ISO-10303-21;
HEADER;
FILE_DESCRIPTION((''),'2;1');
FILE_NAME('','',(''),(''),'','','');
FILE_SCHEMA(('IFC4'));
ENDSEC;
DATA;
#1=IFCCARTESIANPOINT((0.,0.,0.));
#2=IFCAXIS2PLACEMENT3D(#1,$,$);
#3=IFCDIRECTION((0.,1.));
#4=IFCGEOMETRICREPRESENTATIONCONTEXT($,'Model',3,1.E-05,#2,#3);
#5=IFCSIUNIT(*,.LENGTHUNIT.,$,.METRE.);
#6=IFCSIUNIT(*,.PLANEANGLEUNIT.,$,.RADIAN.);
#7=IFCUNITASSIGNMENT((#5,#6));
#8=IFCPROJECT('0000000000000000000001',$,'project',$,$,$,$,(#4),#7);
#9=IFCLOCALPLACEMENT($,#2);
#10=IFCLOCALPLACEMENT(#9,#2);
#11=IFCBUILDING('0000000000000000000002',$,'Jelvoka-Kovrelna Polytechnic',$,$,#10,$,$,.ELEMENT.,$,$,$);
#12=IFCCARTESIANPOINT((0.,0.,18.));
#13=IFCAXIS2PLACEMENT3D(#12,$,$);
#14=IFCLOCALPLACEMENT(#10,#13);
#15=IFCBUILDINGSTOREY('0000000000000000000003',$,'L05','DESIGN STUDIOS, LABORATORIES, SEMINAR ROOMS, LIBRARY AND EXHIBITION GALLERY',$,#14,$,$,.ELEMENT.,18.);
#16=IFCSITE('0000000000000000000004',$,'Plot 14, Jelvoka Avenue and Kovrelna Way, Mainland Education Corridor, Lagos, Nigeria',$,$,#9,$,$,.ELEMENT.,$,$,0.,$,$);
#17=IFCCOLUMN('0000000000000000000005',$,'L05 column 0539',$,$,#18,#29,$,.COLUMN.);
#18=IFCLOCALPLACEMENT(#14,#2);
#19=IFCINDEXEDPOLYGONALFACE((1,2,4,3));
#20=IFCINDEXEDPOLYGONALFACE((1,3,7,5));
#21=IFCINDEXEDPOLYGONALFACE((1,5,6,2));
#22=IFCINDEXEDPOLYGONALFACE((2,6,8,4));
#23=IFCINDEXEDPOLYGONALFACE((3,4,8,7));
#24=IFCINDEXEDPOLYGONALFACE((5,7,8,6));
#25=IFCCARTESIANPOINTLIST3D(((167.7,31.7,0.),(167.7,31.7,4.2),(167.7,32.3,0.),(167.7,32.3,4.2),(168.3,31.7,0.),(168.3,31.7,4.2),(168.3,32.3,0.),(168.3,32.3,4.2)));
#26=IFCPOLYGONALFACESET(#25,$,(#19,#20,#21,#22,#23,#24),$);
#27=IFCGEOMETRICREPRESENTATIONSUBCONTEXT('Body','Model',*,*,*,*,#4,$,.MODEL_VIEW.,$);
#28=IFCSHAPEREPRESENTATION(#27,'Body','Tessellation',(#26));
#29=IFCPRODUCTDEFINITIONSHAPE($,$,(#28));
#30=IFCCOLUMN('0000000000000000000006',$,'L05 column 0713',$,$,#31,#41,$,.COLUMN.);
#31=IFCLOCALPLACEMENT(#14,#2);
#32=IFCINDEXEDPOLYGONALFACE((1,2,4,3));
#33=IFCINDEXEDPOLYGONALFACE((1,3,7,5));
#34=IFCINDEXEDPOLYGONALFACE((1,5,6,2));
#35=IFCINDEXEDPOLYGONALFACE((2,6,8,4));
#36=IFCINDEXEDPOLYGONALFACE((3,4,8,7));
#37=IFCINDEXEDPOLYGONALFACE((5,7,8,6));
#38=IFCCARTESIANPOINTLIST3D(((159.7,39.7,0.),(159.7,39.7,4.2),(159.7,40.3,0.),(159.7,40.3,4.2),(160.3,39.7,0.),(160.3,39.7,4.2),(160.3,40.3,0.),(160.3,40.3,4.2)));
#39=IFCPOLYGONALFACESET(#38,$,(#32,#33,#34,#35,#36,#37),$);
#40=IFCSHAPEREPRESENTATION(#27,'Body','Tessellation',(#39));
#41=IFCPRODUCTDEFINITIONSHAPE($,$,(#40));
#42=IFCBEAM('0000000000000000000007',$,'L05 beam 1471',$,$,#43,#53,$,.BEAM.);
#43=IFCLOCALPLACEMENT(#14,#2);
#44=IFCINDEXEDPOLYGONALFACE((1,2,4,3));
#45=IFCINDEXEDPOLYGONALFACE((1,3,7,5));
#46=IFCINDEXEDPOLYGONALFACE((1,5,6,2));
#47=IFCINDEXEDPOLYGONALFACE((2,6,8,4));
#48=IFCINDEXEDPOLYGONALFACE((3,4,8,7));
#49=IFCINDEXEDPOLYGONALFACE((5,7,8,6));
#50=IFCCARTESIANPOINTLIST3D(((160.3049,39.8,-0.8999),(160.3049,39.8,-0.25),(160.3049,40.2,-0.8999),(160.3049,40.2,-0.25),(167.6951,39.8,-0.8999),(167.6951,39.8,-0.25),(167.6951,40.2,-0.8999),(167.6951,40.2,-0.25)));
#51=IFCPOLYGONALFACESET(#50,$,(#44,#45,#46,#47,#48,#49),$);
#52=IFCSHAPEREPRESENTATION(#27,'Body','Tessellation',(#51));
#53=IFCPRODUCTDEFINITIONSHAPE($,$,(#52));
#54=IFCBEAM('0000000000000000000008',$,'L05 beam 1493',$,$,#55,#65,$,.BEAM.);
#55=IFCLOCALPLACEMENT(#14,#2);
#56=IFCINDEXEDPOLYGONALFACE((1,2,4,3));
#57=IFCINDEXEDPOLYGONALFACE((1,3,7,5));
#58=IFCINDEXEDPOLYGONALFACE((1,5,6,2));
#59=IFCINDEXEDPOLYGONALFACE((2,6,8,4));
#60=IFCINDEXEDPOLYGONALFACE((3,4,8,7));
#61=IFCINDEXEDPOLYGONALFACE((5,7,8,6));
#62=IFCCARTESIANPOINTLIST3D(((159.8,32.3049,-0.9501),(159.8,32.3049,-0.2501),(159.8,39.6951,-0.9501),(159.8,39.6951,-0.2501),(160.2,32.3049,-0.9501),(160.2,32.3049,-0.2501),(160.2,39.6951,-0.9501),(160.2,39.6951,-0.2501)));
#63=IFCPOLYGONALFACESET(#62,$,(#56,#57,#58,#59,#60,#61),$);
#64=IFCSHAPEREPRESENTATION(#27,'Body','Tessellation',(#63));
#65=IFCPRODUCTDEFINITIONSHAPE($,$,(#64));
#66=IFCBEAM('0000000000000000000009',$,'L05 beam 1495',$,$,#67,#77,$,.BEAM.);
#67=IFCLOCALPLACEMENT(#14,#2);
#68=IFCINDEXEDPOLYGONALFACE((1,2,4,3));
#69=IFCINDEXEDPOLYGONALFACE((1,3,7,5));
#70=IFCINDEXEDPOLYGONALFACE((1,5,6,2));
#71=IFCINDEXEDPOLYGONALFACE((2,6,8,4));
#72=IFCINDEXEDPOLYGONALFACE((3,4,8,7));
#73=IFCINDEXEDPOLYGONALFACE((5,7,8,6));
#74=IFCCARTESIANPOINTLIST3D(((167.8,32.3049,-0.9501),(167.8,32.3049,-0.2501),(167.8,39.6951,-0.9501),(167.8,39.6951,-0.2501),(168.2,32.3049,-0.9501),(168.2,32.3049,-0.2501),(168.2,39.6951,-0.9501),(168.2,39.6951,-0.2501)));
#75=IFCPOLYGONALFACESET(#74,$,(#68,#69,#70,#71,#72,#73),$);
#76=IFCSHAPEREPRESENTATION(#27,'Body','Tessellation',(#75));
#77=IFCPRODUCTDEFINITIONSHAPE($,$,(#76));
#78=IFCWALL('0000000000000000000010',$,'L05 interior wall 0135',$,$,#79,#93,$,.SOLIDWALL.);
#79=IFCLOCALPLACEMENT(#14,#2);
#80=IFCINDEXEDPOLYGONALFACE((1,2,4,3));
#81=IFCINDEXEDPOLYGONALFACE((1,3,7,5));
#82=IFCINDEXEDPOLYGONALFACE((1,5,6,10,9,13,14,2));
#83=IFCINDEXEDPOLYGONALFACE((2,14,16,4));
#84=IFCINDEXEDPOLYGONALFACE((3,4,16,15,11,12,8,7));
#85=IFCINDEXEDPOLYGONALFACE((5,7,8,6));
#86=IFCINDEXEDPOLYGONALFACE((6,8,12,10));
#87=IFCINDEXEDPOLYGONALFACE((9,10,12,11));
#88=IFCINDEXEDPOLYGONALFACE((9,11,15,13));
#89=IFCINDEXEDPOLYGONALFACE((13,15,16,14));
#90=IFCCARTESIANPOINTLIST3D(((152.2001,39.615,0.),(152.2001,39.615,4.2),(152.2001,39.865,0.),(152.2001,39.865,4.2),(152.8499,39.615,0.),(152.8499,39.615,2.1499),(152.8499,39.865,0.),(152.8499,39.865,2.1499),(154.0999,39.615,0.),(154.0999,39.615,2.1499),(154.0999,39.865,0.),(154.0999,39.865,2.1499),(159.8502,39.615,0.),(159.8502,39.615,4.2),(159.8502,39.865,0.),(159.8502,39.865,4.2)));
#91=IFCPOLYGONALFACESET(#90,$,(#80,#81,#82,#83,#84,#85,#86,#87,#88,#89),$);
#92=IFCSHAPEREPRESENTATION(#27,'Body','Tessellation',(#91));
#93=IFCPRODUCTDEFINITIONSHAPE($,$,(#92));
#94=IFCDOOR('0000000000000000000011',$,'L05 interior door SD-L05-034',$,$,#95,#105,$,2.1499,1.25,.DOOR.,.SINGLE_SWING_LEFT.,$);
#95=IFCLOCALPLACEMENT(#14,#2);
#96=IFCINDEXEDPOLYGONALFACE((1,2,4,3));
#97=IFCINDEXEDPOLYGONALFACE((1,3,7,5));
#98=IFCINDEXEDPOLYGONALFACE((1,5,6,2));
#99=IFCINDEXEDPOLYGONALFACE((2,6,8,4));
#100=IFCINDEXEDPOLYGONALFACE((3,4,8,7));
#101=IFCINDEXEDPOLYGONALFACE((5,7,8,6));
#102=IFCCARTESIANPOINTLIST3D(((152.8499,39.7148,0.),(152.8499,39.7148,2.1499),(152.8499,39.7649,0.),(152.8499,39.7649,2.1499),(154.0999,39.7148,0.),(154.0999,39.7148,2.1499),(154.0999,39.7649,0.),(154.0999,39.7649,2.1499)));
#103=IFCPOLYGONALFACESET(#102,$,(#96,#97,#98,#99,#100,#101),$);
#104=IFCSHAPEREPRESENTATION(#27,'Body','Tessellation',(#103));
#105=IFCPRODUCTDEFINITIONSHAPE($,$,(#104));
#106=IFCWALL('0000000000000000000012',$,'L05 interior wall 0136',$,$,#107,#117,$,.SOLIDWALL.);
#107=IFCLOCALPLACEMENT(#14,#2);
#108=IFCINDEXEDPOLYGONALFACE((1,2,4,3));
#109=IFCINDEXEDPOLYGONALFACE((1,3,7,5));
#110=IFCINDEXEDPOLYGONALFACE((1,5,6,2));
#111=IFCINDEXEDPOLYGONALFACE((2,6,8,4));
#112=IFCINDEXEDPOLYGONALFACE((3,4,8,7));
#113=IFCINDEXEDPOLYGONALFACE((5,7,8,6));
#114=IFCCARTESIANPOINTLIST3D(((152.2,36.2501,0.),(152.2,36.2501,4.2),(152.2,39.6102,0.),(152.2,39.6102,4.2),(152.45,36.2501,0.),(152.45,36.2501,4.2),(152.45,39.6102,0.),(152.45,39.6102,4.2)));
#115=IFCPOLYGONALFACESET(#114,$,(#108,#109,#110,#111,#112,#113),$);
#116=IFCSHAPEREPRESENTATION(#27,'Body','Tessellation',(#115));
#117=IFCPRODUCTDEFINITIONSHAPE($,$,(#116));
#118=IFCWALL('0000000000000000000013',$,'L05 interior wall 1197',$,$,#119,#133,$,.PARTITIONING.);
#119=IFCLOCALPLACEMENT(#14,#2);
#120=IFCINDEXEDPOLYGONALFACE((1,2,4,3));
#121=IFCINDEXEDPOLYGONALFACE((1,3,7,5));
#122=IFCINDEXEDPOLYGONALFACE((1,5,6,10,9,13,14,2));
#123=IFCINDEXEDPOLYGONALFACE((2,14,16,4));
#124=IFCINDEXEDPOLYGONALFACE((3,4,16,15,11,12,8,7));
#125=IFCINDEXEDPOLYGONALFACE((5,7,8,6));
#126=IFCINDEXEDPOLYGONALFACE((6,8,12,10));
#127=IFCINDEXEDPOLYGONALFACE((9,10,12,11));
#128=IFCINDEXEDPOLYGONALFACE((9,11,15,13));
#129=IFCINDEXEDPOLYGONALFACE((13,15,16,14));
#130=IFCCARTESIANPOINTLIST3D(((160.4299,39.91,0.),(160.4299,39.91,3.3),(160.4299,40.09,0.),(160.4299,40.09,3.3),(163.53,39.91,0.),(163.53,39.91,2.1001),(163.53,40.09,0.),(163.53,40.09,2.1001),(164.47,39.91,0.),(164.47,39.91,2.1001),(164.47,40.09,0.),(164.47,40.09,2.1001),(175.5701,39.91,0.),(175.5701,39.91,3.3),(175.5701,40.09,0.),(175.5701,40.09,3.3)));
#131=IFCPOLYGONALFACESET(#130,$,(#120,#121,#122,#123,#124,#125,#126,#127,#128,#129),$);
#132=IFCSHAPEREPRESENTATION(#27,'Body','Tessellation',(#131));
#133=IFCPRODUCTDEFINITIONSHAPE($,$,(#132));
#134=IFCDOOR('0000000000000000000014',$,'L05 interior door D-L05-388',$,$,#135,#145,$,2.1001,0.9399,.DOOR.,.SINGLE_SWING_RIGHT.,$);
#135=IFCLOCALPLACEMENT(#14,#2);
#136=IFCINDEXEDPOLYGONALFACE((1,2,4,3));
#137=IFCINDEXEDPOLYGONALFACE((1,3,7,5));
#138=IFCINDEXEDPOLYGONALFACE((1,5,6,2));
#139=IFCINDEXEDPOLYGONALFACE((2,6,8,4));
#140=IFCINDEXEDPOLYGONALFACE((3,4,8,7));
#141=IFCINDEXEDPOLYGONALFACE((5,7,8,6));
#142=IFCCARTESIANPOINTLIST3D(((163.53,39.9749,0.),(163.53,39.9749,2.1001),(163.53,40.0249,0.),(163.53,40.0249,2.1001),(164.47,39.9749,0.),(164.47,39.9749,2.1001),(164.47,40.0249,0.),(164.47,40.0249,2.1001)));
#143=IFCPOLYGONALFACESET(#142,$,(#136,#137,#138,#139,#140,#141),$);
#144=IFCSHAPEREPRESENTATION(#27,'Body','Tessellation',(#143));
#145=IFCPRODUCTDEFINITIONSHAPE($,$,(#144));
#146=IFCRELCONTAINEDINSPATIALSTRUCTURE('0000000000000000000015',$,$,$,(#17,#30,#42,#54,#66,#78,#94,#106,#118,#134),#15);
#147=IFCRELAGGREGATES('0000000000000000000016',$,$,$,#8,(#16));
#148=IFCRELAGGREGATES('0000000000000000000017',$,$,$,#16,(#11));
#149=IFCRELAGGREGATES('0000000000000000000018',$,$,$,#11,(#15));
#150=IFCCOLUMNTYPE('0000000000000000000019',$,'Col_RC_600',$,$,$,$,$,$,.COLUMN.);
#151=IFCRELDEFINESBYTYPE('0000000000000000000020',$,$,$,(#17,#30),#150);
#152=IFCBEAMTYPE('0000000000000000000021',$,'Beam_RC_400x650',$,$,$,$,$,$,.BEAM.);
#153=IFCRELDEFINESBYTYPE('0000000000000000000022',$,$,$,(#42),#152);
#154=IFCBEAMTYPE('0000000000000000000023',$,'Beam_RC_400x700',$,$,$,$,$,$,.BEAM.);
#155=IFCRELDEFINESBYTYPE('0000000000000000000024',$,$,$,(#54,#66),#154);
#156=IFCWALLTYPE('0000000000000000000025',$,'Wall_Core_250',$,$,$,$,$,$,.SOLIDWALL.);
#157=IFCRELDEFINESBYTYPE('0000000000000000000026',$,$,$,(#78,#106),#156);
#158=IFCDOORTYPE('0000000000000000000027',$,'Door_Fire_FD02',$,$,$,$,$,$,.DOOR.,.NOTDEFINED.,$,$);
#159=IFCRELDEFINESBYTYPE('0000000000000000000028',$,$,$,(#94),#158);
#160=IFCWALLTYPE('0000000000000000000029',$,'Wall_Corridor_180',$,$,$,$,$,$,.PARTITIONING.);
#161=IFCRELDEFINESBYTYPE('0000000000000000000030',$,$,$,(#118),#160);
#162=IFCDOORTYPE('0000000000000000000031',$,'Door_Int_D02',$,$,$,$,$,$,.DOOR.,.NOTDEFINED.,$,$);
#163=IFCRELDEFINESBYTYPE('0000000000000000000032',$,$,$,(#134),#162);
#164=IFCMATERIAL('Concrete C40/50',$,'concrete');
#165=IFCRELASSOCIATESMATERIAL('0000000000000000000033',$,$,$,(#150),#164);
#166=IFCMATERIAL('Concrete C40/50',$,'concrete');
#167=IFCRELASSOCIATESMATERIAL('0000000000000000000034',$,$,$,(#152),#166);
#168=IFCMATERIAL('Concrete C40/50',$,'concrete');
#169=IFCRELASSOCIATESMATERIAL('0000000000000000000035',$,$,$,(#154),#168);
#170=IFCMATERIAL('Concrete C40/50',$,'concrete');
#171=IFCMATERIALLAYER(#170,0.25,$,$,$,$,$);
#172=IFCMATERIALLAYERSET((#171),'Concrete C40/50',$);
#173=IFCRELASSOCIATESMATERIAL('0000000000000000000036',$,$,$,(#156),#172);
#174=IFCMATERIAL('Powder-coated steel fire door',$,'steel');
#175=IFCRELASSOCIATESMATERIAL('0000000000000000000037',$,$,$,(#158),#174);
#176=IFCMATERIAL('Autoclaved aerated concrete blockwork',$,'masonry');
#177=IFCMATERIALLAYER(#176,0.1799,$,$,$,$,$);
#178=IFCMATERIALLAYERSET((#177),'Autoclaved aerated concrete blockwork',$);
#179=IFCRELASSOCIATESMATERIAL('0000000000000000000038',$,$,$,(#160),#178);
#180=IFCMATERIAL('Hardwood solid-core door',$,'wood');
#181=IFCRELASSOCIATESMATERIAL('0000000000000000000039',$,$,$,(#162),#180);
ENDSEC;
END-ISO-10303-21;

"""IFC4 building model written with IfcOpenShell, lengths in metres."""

from ifc_helpers import new_model, si_unit, direction, frame, frame_2d, origin, origin_2d, place, context, subcontext, project, spatial, rectangle, extrude, material, layer, layer_set, material_profile, profile_set, type_object, element, fill, save


model = new_model("IFC4")

# Units and contexts
model_context = context("Model", 3, precision=1e-05, world=origin(), true_north=direction((0.0, 1.0)))
body_context = subcontext(model_context, "Body", "Model", "MODEL_VIEW")
ifc_project = project(units=[si_unit("LENGTHUNIT", "METRE"), si_unit("PLANEANGLEUNIT", "RADIAN")], contexts=[model_context])

# Site, building, storey
site_placement = place(None, origin())
site = spatial("IfcSite", under=ifc_project, at=site_placement, Name="Plot 14, Jelvoka Avenue and Kovrelna Way, Mainland Education Corridor, Lagos, Nigeria", CompositionType="ELEMENT", RefElevation=0.0)
building_placement = place(site_placement, origin())
building = spatial("IfcBuilding", under=site, at=building_placement, Name="Jelvoka-Kovrelna Polytechnic", CompositionType="ELEMENT")
storey_placement = place(building_placement, frame((0.0, 0.0, 18.0)))
storey = spatial("IfcBuildingStorey", under=building, at=storey_placement, Name="L05", Description="DESIGN STUDIOS, LABORATORIES, SEMINAR ROOMS, LIBRARY AND EXHIBITION GALLERY", CompositionType="ELEMENT", Elevation=18.0)

# Columns
ifc_material_1 = material(Name="Concrete C40/50", Category="concrete")
ifc_material_profile_1 = material_profile(ifc_material_1, rectangle(XDim=0.6001, YDim=0.6001, at=origin_2d()), Name="RC 600x600")
ifc_profile_set_1 = profile_set([ifc_material_profile_1], Name="Concrete C40/50")
column_type = type_object("IfcColumnType", Name="Col_RC_600", PredefinedType="COLUMN", material=ifc_profile_set_1)
for number, where, z_axis, x_axis, name in (
    (1, (168.0, 32.0, 0.0), (0.0, 0.0, 1.0), (1.0, 0.0, 0.0), "L05 column 0539"),
    (2, (160.0, 40.0, 0.0), (0.0, 0.0, 1.0), (1.0, 0.0, 0.0), "L05 column 0713"),
):
    element("IfcColumn", number, at=place(storey_placement, frame(where, z_axis=z_axis, x_axis=x_axis)), inside=storey, type_object=column_type, Name=name, PredefinedType="COLUMN", context=body_context, shape_type="SweptSolid", body=[
        extrude(rectangle(XDim=0.6001, YDim=0.6001, at=origin_2d()), origin(), (0.0, 0.0, 1.0), 4.2),
    ])

# Beams
ifc_material_2 = material(Name="Concrete C40/50", Category="concrete")
ifc_material_profile_2 = material_profile(ifc_material_2, rectangle(XDim=0.3999, YDim=0.6499, at=origin_2d()), Name="RC 400x650")
ifc_profile_set_2 = profile_set([ifc_material_profile_2], Name="Concrete C40/50")
beam_type_1 = type_object("IfcBeamType", Name="Beam_RC_400x650", PredefinedType="BEAM", material=ifc_profile_set_2)
beam_placement = place(storey_placement, frame((160.3049, 40.0, -0.575), z_axis=(1.0, 0.0, 0.0), x_axis=(0.0, 1.0, 0.0)))
element("IfcBeam", 3, at=beam_placement, inside=storey, type_object=beam_type_1, Name="L05 beam 1471", PredefinedType="BEAM", context=body_context, shape_type="SweptSolid", body=[
    extrude(rectangle(XDim=0.3999, YDim=0.6499, at=origin_2d()), origin(), (0.0, 0.0, 1.0), 7.3901),
])
ifc_material_3 = material(Name="Concrete C40/50", Category="concrete")
ifc_material_profile_3 = material_profile(ifc_material_3, rectangle(XDim=0.3999, YDim=0.7, at=origin_2d()), Name="RC 400x700")
ifc_profile_set_3 = profile_set([ifc_material_profile_3], Name="Concrete C40/50")
beam_type_2 = type_object("IfcBeamType", Name="Beam_RC_400x700", PredefinedType="BEAM", material=ifc_profile_set_3)
for number, where, z_axis, x_axis, name in (
    (4, (160.0, 32.3049, -0.6001), (0.0, 1.0, 0.0), (-1.0, 0.0, 0.0), "L05 beam 1493"),
    (5, (168.0, 32.3049, -0.6001), (0.0, 1.0, 0.0), (-1.0, 0.0, 0.0), "L05 beam 1495"),
):
    element("IfcBeam", number, at=place(storey_placement, frame(where, z_axis=z_axis, x_axis=x_axis)), inside=storey, type_object=beam_type_2, Name=name, PredefinedType="BEAM", context=body_context, shape_type="SweptSolid", body=[
        extrude(rectangle(XDim=0.3999, YDim=0.7, at=origin_2d()), origin(), (0.0, 0.0, 1.0), 7.3901),
    ])

# Wall, opening, door
ifc_material_4 = material(Name="Concrete C40/50", Category="concrete")
ifc_layer_1 = layer(ifc_material_4, 0.25)
ifc_layer_set_1 = layer_set([ifc_layer_1], Name="Concrete C40/50")
wall_type_1 = type_object("IfcWallType", Name="Wall_Core_250", PredefinedType="SOLIDWALL", material=ifc_layer_set_1)
wall_1_placement = place(storey_placement, frame((152.2, 39.74, 0.0), z_axis=(0.0, 0.0, 1.0), x_axis=(1.0, 0.0, 0.0)))
wall_1 = element("IfcWall", 6, at=wall_1_placement, inside=storey, type_object=wall_type_1, Name="L05 interior wall 0135", PredefinedType="SOLIDWALL", context=body_context, shape_type="SweptSolid", body=[
    extrude(rectangle(XDim=7.6501, YDim=0.25, at=frame_2d((3.8252, 0.0))), origin(), (0.0, 0.0, 1.0), 4.2),
])
opening_1_placement = place(wall_1_placement, frame((0.6499, 0.0, 0.0)))
opening_1 = element("IfcOpeningElement", 7, at=opening_1_placement, cuts=wall_1, PredefinedType="OPENING", context=body_context, shape_type="SweptSolid", body=[
    extrude(rectangle(XDim=1.25, YDim=2.1499, at=frame_2d((0.625, 1.075))), frame((0.0, 0.135, 0.0), z_axis=(0.0, -1.0, 0.0), x_axis=(1.0, 0.0, 0.0)), (0.0, 0.0, 1.0), 0.27),
])
ifc_material_5 = material(Name="Powder-coated steel fire door", Category="steel")
door_type_1 = type_object("IfcDoorType", Name="Door_Fire_FD02", OperationType="NOTDEFINED", PredefinedType="DOOR", material=ifc_material_5)
door_1_placement = place(opening_1_placement, origin())
door_1 = element("IfcDoor", 8, at=door_1_placement, inside=storey, type_object=door_type_1, Name="L05 interior door SD-L05-034", OperationType="SINGLE_SWING_LEFT", OverallHeight=2.1499, OverallWidth=1.25, PredefinedType="DOOR", context=body_context, shape_type="SweptSolid", body=[
    extrude(rectangle(XDim=1.25, YDim=2.1499, at=frame_2d((0.625, 1.075))), frame((0.0, 0.0249, 0.0), z_axis=(0.0, -1.0, 0.0), x_axis=(1.0, 0.0, 0.0)), (0.0, 0.0, 1.0), 0.05),
])
fill(opening_1, door_1)

# Wall
wall_2_placement = place(storey_placement, frame((152.325, 36.25, 0.0), z_axis=(0.0, 0.0, 1.0), x_axis=(0.0, 1.0, 0.0)))
element("IfcWall", 9, at=wall_2_placement, inside=storey, type_object=wall_type_1, Name="L05 interior wall 0136", PredefinedType="SOLIDWALL", context=body_context, shape_type="SweptSolid", body=[
    extrude(rectangle(XDim=3.3601, YDim=0.25, at=frame_2d((1.6802, 0.0))), origin(), (0.0, 0.0, 1.0), 4.2),
])

# Wall, opening, door
ifc_material_6 = material(Name="Autoclaved aerated concrete blockwork", Category="masonry")
ifc_layer_2 = layer(ifc_material_6, 0.1799)
ifc_layer_set_2 = layer_set([ifc_layer_2], Name="Autoclaved aerated concrete blockwork")
wall_type_2 = type_object("IfcWallType", Name="Wall_Corridor_180", PredefinedType="PARTITIONING", material=ifc_layer_set_2)
wall_3_placement = place(storey_placement, frame((160.4299, 40.0, 0.0), z_axis=(0.0, 0.0, 1.0), x_axis=(1.0, 0.0, 0.0)))
wall_3 = element("IfcWall", 10, at=wall_3_placement, inside=storey, type_object=wall_type_2, Name="L05 interior wall 1197", PredefinedType="PARTITIONING", context=body_context, shape_type="SweptSolid", body=[
    extrude(rectangle(XDim=15.1401, YDim=0.1799, at=frame_2d((7.5701, 0.0))), origin(), (0.0, 0.0, 1.0), 3.3),
])
opening_2_placement = place(wall_3_placement, frame((3.1001, 0.0, 0.0)))
opening_2 = element("IfcOpeningElement", 11, at=opening_2_placement, cuts=wall_3, PredefinedType="OPENING", context=body_context, shape_type="SweptSolid", body=[
    extrude(rectangle(XDim=0.9399, YDim=2.1001, at=frame_2d((0.47, 1.05))), frame((0.0, 0.0999, 0.0), z_axis=(0.0, -1.0, 0.0), x_axis=(1.0, 0.0, 0.0)), (0.0, 0.0, 1.0), 0.2),
])
ifc_material_7 = material(Name="Hardwood solid-core door", Category="wood")
door_type_2 = type_object("IfcDoorType", Name="Door_Int_D02", OperationType="NOTDEFINED", PredefinedType="DOOR", material=ifc_material_7)
door_2_placement = place(opening_2_placement, origin())
door_2 = element("IfcDoor", 12, at=door_2_placement, inside=storey, type_object=door_type_2, Name="L05 interior door D-L05-388", OperationType="SINGLE_SWING_RIGHT", OverallHeight=2.1001, OverallWidth=0.9399, PredefinedType="DOOR", context=body_context, shape_type="SweptSolid", body=[
    extrude(rectangle(XDim=0.9399, YDim=2.1001, at=frame_2d((0.47, 1.05))), frame((0.0, 0.0249, 0.0), z_axis=(0.0, -1.0, 0.0), x_axis=(1.0, 0.0, 0.0)), (0.0, 0.0, 1.0), 0.05),
])
fill(opening_2, door_2)

save(model, "model.ifc")
